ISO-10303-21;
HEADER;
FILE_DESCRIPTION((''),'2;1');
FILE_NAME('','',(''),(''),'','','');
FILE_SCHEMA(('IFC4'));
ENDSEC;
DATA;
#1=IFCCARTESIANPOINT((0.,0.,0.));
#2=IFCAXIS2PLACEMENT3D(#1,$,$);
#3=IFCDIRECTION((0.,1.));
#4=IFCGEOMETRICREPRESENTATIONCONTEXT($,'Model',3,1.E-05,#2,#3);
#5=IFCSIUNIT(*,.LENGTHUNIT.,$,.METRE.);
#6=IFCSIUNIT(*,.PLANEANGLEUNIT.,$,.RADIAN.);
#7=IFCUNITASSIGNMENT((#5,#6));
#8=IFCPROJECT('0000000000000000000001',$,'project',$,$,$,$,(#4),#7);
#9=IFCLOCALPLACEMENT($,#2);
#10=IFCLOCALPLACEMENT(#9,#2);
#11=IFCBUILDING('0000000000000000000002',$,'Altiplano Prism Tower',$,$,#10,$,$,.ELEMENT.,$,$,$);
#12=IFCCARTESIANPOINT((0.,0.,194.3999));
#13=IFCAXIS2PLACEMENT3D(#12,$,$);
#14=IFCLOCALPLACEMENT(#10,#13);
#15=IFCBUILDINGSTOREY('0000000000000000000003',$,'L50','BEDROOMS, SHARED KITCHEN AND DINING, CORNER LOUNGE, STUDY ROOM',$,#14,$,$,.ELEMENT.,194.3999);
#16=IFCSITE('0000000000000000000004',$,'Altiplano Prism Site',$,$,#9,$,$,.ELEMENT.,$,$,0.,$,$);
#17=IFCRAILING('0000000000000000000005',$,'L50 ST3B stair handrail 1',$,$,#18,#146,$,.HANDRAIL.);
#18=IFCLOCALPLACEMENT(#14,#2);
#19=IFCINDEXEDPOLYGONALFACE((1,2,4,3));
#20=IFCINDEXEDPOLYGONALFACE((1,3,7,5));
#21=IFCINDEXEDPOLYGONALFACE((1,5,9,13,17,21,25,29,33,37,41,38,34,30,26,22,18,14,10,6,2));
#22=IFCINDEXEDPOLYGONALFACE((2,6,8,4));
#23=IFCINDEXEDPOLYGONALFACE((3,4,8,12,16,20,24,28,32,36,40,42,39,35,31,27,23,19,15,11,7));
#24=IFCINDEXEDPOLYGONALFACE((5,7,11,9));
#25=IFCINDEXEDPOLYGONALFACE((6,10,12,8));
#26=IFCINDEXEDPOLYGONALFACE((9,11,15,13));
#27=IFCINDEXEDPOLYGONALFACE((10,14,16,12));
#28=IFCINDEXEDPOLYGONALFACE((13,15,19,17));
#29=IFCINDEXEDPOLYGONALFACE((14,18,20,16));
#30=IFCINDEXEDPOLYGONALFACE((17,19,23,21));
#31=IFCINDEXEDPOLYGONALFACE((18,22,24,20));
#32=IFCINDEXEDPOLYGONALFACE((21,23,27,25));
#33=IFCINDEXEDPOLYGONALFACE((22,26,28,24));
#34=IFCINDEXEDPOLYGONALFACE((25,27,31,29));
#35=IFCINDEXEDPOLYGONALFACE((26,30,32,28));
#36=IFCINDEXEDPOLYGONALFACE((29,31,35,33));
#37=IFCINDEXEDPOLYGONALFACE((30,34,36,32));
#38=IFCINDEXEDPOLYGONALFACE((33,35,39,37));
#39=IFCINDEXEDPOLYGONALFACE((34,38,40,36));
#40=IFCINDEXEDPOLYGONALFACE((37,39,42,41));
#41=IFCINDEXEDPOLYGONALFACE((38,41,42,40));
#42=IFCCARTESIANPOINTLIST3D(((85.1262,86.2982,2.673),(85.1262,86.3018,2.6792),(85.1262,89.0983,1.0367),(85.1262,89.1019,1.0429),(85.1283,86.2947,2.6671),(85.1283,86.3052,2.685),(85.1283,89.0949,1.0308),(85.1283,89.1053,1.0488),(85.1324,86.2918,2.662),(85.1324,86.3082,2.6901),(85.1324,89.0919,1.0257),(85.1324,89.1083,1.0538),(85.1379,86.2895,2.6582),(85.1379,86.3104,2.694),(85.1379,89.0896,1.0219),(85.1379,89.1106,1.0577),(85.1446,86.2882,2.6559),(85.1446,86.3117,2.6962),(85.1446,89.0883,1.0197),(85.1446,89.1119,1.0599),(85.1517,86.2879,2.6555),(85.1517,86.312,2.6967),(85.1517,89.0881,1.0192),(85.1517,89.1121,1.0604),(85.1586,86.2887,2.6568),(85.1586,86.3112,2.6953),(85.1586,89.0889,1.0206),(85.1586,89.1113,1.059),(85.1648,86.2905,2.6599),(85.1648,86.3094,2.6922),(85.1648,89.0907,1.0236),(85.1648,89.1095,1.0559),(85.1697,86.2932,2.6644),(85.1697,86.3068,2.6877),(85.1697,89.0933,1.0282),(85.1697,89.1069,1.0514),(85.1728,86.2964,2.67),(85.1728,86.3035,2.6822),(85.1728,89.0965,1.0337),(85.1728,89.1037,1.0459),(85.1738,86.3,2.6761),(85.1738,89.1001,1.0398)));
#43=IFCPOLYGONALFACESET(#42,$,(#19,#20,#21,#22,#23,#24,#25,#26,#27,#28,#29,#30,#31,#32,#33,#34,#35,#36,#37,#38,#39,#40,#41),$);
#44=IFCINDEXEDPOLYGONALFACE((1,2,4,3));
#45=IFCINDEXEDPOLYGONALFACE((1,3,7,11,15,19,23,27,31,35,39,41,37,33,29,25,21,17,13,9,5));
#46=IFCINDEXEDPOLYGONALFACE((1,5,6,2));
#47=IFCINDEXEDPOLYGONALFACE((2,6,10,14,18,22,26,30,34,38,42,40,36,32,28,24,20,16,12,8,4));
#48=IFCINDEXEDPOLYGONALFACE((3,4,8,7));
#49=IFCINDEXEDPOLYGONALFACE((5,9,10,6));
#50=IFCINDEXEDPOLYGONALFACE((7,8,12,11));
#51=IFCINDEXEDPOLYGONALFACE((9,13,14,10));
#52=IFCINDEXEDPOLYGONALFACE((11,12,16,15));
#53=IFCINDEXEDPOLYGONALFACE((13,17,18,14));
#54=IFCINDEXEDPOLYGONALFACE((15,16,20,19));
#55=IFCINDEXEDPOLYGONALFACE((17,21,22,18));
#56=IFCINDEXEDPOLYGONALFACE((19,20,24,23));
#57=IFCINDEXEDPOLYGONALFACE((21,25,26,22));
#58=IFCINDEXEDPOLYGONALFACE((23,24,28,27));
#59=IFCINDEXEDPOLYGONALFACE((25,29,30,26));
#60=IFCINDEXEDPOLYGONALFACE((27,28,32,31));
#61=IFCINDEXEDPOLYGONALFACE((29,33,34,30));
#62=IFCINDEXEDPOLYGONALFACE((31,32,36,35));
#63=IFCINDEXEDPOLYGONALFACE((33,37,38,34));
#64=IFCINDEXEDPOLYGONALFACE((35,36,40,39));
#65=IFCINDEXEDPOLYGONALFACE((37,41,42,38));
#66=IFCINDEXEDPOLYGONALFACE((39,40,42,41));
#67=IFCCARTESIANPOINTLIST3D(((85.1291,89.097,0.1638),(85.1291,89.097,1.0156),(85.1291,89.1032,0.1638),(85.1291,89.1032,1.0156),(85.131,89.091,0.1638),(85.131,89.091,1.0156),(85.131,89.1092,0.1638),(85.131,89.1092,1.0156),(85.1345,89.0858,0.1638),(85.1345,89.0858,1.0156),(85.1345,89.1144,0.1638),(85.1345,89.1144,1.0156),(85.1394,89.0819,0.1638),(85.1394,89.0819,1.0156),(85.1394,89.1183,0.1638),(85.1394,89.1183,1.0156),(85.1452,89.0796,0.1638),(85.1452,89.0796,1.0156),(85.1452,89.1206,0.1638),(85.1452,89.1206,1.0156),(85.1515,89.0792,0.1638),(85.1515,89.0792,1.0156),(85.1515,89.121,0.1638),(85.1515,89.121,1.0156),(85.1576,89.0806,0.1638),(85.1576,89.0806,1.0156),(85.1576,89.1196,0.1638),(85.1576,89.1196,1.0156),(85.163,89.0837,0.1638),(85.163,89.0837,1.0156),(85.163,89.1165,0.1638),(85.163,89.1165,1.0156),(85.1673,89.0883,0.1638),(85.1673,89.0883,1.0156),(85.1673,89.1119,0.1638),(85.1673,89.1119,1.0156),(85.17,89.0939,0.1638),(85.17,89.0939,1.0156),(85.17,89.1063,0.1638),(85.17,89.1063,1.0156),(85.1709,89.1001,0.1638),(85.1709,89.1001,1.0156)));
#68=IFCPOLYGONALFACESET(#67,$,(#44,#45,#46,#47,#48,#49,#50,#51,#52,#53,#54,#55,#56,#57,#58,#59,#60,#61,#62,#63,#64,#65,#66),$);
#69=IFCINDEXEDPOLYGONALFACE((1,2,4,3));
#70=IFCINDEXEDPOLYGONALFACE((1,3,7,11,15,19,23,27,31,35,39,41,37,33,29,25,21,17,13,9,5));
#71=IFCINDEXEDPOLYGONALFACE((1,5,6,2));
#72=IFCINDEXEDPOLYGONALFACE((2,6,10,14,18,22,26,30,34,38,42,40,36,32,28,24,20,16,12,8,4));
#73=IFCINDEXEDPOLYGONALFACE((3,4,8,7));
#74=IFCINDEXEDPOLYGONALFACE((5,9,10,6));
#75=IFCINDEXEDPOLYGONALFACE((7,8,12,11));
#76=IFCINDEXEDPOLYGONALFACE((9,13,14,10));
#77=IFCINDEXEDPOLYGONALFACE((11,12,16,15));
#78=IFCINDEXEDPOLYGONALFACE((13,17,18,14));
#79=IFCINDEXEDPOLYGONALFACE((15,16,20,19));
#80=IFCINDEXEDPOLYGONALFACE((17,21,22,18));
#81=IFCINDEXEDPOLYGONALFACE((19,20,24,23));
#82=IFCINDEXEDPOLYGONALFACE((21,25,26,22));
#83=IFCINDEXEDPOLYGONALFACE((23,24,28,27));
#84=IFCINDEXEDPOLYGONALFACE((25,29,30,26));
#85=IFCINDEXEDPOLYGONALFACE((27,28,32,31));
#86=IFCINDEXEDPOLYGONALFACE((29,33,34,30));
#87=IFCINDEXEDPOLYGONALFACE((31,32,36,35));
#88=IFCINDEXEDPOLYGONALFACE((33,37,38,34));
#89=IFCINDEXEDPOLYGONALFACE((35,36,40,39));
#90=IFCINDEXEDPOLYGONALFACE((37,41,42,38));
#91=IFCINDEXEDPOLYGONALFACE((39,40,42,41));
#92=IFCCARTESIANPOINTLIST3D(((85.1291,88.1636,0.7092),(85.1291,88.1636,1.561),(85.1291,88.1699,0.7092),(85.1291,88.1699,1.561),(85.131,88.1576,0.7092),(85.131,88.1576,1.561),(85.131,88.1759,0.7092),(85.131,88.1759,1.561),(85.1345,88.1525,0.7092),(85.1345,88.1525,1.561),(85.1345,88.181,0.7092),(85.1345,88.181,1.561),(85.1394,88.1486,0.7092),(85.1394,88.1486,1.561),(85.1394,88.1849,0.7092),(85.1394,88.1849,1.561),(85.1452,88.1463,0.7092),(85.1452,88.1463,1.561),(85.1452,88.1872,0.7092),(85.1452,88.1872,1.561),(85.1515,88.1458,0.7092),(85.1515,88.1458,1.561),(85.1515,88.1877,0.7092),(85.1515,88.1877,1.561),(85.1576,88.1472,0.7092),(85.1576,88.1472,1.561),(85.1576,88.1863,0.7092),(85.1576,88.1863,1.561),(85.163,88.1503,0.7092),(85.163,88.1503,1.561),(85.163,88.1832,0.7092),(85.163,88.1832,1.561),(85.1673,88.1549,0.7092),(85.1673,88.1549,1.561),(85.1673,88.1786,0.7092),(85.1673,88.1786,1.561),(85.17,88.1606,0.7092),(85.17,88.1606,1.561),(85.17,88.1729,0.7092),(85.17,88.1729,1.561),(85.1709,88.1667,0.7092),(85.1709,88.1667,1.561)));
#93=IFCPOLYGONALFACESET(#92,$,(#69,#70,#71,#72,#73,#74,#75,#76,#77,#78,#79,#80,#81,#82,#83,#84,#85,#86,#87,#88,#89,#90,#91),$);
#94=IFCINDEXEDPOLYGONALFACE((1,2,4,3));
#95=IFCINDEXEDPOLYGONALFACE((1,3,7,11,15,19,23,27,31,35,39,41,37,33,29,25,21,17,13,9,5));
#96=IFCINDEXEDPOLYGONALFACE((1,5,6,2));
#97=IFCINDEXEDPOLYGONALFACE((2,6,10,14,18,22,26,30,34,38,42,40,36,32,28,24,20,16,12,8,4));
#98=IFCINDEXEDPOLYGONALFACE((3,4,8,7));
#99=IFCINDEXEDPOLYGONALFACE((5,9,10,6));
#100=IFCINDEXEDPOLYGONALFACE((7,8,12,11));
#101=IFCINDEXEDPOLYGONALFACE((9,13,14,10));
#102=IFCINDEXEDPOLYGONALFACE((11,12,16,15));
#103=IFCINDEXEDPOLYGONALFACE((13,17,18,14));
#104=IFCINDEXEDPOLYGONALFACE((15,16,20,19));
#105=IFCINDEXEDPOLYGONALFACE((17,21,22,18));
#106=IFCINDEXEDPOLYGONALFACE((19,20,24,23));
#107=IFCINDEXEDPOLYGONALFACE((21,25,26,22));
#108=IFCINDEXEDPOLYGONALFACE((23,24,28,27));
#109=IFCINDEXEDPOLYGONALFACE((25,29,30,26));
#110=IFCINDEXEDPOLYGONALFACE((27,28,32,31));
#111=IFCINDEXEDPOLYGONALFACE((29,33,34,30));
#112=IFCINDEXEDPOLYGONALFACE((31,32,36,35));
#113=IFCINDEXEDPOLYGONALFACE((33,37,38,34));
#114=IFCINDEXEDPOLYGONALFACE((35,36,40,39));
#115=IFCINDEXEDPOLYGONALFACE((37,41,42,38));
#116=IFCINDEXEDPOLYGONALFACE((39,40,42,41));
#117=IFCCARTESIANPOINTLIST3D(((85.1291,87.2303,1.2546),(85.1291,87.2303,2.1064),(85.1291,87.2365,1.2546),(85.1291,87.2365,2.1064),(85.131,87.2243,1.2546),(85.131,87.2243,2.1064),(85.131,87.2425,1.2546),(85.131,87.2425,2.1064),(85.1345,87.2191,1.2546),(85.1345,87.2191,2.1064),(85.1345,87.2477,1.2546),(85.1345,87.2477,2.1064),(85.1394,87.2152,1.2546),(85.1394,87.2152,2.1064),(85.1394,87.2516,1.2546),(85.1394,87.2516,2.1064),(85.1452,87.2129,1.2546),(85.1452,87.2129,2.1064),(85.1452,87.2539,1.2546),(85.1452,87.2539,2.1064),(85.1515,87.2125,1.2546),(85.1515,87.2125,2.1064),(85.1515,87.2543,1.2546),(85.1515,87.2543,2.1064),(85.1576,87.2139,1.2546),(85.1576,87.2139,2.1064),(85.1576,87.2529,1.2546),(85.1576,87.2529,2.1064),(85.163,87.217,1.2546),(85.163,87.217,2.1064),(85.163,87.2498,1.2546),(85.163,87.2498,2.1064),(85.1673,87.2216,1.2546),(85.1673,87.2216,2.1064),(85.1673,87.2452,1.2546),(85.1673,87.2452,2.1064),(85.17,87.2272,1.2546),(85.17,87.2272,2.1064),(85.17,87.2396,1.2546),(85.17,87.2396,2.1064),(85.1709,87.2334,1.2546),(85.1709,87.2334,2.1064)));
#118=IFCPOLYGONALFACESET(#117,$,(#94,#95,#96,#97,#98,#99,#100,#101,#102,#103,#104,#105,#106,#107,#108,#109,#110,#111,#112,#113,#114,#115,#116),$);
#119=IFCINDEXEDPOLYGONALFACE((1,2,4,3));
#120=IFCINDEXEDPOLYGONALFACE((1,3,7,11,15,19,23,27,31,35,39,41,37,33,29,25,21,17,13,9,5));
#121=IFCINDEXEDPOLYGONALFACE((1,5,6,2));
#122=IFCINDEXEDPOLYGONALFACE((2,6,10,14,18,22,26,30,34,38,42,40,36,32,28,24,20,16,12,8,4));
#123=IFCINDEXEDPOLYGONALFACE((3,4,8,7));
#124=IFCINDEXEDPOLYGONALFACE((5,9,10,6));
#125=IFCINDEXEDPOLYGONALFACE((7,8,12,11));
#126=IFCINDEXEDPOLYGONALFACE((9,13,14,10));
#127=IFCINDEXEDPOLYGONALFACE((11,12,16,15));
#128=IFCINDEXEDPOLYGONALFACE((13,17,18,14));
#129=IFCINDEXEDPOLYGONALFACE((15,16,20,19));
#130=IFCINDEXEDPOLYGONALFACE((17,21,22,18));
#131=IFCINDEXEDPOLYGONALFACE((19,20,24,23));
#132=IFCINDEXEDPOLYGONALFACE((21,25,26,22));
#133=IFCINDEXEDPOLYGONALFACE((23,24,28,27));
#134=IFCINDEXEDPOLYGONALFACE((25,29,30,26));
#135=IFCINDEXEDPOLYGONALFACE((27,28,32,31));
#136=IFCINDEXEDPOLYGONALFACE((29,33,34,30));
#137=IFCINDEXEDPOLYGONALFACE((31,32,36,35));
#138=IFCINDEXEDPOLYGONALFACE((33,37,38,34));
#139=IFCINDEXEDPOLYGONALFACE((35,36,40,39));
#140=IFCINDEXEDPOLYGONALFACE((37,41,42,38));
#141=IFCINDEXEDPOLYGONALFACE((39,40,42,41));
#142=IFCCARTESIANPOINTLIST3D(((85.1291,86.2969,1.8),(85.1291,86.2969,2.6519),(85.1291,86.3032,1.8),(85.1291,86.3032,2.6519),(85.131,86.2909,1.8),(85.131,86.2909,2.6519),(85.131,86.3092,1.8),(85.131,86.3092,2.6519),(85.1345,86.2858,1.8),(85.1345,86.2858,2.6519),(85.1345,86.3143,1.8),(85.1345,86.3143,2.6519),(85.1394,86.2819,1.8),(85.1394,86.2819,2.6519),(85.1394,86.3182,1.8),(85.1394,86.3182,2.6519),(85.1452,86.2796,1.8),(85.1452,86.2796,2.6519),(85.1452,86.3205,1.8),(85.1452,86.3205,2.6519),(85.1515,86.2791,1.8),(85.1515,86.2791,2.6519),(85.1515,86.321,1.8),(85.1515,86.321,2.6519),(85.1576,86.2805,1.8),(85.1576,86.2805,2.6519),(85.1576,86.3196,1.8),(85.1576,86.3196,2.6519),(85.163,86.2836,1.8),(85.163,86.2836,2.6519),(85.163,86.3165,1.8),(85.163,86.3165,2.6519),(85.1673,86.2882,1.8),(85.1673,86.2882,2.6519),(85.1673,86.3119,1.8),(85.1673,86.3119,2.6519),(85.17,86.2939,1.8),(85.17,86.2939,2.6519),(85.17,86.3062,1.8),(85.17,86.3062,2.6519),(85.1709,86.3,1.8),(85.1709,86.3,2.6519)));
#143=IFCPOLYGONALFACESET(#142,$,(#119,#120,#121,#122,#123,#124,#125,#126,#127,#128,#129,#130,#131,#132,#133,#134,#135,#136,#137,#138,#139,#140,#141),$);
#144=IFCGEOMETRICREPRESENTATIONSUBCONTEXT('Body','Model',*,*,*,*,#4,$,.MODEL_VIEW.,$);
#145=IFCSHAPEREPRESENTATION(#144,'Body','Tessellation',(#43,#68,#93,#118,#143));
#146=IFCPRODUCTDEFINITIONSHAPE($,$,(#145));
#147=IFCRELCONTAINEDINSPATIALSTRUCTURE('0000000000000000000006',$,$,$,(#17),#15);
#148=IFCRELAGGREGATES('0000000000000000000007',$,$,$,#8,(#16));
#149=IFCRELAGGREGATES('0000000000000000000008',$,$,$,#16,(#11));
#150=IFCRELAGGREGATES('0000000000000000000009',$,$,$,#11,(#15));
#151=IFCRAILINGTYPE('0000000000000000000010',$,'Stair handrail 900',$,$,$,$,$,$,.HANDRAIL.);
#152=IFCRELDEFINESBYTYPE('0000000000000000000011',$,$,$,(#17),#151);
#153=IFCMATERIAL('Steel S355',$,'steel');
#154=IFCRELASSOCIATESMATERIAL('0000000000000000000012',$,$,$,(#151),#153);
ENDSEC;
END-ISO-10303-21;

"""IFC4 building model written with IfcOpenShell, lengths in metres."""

from ifc_helpers import new_model, si_unit, direction, frame, origin, origin_2d, place, context, subcontext, project, spatial, circle, extrude, material, type_object, element, save


model = new_model("IFC4")

# Units and contexts
model_context = context("Model", 3, precision=1e-05, world=origin(), true_north=direction((0.0, 1.0)))
body_context = subcontext(model_context, "Body", "Model", "MODEL_VIEW")
ifc_project = project(units=[si_unit("LENGTHUNIT", "METRE"), si_unit("PLANEANGLEUNIT", "RADIAN")], contexts=[model_context])

# Site, building, storey
site_placement = place(None, origin())
site = spatial("IfcSite", under=ifc_project, at=site_placement, Name="Altiplano Prism Site", CompositionType="ELEMENT", RefElevation=0.0)
building_placement = place(site_placement, origin())
building = spatial("IfcBuilding", under=site, at=building_placement, Name="Altiplano Prism Tower", CompositionType="ELEMENT")
storey_placement = place(building_placement, frame((0.0, 0.0, 194.3999)))
storey = spatial("IfcBuildingStorey", under=building, at=storey_placement, Name="L50", Description="BEDROOMS, SHARED KITCHEN AND DINING, CORNER LOUNGE, STUDY ROOM", CompositionType="ELEMENT", Elevation=194.3999)

# Railing
ifc_material_1 = material(Name="Steel S355", Category="steel")
railing_type_1 = type_object("IfcRailingType", Name="Stair handrail 900", PredefinedType="HANDRAIL", material=ifc_material_1)
railing_1_placement = place(storey_placement, frame((85.1499, 89.1001, 0.1638)))
element("IfcRailing", 1, at=railing_1_placement, inside=storey, type_object=railing_type_1, Name="L50 ST3B stair handrail 1", PredefinedType="HANDRAIL", context=body_context, shape_type="SweptSolid", body=[
    extrude(circle(Radius=0.0239, at=origin_2d()), frame((0.0, 0.0, 0.876), z_axis=(0.0, -0.863394, 0.504531), x_axis=(1.0, 0.0, 0.0)), (0.0, 0.0, 1.0), 3.2432),
    extrude(circle(Radius=0.021, at=origin_2d()), origin(), (0.0, 0.0, 1.0), 0.8518),
    extrude(circle(Radius=0.021, at=origin_2d()), frame((0.0, -0.9333, 0.5454)), (0.0, 0.0, 1.0), 0.8518),
    extrude(circle(Radius=0.021, at=origin_2d()), frame((0.0, -1.8667, 1.0908)), (0.0, 0.0, 1.0), 0.8518),
    extrude(circle(Radius=0.021, at=origin_2d()), frame((0.0, -2.8, 1.6362)), (0.0, 0.0, 1.0), 0.8518),
])

save(model, "model.ifc")
